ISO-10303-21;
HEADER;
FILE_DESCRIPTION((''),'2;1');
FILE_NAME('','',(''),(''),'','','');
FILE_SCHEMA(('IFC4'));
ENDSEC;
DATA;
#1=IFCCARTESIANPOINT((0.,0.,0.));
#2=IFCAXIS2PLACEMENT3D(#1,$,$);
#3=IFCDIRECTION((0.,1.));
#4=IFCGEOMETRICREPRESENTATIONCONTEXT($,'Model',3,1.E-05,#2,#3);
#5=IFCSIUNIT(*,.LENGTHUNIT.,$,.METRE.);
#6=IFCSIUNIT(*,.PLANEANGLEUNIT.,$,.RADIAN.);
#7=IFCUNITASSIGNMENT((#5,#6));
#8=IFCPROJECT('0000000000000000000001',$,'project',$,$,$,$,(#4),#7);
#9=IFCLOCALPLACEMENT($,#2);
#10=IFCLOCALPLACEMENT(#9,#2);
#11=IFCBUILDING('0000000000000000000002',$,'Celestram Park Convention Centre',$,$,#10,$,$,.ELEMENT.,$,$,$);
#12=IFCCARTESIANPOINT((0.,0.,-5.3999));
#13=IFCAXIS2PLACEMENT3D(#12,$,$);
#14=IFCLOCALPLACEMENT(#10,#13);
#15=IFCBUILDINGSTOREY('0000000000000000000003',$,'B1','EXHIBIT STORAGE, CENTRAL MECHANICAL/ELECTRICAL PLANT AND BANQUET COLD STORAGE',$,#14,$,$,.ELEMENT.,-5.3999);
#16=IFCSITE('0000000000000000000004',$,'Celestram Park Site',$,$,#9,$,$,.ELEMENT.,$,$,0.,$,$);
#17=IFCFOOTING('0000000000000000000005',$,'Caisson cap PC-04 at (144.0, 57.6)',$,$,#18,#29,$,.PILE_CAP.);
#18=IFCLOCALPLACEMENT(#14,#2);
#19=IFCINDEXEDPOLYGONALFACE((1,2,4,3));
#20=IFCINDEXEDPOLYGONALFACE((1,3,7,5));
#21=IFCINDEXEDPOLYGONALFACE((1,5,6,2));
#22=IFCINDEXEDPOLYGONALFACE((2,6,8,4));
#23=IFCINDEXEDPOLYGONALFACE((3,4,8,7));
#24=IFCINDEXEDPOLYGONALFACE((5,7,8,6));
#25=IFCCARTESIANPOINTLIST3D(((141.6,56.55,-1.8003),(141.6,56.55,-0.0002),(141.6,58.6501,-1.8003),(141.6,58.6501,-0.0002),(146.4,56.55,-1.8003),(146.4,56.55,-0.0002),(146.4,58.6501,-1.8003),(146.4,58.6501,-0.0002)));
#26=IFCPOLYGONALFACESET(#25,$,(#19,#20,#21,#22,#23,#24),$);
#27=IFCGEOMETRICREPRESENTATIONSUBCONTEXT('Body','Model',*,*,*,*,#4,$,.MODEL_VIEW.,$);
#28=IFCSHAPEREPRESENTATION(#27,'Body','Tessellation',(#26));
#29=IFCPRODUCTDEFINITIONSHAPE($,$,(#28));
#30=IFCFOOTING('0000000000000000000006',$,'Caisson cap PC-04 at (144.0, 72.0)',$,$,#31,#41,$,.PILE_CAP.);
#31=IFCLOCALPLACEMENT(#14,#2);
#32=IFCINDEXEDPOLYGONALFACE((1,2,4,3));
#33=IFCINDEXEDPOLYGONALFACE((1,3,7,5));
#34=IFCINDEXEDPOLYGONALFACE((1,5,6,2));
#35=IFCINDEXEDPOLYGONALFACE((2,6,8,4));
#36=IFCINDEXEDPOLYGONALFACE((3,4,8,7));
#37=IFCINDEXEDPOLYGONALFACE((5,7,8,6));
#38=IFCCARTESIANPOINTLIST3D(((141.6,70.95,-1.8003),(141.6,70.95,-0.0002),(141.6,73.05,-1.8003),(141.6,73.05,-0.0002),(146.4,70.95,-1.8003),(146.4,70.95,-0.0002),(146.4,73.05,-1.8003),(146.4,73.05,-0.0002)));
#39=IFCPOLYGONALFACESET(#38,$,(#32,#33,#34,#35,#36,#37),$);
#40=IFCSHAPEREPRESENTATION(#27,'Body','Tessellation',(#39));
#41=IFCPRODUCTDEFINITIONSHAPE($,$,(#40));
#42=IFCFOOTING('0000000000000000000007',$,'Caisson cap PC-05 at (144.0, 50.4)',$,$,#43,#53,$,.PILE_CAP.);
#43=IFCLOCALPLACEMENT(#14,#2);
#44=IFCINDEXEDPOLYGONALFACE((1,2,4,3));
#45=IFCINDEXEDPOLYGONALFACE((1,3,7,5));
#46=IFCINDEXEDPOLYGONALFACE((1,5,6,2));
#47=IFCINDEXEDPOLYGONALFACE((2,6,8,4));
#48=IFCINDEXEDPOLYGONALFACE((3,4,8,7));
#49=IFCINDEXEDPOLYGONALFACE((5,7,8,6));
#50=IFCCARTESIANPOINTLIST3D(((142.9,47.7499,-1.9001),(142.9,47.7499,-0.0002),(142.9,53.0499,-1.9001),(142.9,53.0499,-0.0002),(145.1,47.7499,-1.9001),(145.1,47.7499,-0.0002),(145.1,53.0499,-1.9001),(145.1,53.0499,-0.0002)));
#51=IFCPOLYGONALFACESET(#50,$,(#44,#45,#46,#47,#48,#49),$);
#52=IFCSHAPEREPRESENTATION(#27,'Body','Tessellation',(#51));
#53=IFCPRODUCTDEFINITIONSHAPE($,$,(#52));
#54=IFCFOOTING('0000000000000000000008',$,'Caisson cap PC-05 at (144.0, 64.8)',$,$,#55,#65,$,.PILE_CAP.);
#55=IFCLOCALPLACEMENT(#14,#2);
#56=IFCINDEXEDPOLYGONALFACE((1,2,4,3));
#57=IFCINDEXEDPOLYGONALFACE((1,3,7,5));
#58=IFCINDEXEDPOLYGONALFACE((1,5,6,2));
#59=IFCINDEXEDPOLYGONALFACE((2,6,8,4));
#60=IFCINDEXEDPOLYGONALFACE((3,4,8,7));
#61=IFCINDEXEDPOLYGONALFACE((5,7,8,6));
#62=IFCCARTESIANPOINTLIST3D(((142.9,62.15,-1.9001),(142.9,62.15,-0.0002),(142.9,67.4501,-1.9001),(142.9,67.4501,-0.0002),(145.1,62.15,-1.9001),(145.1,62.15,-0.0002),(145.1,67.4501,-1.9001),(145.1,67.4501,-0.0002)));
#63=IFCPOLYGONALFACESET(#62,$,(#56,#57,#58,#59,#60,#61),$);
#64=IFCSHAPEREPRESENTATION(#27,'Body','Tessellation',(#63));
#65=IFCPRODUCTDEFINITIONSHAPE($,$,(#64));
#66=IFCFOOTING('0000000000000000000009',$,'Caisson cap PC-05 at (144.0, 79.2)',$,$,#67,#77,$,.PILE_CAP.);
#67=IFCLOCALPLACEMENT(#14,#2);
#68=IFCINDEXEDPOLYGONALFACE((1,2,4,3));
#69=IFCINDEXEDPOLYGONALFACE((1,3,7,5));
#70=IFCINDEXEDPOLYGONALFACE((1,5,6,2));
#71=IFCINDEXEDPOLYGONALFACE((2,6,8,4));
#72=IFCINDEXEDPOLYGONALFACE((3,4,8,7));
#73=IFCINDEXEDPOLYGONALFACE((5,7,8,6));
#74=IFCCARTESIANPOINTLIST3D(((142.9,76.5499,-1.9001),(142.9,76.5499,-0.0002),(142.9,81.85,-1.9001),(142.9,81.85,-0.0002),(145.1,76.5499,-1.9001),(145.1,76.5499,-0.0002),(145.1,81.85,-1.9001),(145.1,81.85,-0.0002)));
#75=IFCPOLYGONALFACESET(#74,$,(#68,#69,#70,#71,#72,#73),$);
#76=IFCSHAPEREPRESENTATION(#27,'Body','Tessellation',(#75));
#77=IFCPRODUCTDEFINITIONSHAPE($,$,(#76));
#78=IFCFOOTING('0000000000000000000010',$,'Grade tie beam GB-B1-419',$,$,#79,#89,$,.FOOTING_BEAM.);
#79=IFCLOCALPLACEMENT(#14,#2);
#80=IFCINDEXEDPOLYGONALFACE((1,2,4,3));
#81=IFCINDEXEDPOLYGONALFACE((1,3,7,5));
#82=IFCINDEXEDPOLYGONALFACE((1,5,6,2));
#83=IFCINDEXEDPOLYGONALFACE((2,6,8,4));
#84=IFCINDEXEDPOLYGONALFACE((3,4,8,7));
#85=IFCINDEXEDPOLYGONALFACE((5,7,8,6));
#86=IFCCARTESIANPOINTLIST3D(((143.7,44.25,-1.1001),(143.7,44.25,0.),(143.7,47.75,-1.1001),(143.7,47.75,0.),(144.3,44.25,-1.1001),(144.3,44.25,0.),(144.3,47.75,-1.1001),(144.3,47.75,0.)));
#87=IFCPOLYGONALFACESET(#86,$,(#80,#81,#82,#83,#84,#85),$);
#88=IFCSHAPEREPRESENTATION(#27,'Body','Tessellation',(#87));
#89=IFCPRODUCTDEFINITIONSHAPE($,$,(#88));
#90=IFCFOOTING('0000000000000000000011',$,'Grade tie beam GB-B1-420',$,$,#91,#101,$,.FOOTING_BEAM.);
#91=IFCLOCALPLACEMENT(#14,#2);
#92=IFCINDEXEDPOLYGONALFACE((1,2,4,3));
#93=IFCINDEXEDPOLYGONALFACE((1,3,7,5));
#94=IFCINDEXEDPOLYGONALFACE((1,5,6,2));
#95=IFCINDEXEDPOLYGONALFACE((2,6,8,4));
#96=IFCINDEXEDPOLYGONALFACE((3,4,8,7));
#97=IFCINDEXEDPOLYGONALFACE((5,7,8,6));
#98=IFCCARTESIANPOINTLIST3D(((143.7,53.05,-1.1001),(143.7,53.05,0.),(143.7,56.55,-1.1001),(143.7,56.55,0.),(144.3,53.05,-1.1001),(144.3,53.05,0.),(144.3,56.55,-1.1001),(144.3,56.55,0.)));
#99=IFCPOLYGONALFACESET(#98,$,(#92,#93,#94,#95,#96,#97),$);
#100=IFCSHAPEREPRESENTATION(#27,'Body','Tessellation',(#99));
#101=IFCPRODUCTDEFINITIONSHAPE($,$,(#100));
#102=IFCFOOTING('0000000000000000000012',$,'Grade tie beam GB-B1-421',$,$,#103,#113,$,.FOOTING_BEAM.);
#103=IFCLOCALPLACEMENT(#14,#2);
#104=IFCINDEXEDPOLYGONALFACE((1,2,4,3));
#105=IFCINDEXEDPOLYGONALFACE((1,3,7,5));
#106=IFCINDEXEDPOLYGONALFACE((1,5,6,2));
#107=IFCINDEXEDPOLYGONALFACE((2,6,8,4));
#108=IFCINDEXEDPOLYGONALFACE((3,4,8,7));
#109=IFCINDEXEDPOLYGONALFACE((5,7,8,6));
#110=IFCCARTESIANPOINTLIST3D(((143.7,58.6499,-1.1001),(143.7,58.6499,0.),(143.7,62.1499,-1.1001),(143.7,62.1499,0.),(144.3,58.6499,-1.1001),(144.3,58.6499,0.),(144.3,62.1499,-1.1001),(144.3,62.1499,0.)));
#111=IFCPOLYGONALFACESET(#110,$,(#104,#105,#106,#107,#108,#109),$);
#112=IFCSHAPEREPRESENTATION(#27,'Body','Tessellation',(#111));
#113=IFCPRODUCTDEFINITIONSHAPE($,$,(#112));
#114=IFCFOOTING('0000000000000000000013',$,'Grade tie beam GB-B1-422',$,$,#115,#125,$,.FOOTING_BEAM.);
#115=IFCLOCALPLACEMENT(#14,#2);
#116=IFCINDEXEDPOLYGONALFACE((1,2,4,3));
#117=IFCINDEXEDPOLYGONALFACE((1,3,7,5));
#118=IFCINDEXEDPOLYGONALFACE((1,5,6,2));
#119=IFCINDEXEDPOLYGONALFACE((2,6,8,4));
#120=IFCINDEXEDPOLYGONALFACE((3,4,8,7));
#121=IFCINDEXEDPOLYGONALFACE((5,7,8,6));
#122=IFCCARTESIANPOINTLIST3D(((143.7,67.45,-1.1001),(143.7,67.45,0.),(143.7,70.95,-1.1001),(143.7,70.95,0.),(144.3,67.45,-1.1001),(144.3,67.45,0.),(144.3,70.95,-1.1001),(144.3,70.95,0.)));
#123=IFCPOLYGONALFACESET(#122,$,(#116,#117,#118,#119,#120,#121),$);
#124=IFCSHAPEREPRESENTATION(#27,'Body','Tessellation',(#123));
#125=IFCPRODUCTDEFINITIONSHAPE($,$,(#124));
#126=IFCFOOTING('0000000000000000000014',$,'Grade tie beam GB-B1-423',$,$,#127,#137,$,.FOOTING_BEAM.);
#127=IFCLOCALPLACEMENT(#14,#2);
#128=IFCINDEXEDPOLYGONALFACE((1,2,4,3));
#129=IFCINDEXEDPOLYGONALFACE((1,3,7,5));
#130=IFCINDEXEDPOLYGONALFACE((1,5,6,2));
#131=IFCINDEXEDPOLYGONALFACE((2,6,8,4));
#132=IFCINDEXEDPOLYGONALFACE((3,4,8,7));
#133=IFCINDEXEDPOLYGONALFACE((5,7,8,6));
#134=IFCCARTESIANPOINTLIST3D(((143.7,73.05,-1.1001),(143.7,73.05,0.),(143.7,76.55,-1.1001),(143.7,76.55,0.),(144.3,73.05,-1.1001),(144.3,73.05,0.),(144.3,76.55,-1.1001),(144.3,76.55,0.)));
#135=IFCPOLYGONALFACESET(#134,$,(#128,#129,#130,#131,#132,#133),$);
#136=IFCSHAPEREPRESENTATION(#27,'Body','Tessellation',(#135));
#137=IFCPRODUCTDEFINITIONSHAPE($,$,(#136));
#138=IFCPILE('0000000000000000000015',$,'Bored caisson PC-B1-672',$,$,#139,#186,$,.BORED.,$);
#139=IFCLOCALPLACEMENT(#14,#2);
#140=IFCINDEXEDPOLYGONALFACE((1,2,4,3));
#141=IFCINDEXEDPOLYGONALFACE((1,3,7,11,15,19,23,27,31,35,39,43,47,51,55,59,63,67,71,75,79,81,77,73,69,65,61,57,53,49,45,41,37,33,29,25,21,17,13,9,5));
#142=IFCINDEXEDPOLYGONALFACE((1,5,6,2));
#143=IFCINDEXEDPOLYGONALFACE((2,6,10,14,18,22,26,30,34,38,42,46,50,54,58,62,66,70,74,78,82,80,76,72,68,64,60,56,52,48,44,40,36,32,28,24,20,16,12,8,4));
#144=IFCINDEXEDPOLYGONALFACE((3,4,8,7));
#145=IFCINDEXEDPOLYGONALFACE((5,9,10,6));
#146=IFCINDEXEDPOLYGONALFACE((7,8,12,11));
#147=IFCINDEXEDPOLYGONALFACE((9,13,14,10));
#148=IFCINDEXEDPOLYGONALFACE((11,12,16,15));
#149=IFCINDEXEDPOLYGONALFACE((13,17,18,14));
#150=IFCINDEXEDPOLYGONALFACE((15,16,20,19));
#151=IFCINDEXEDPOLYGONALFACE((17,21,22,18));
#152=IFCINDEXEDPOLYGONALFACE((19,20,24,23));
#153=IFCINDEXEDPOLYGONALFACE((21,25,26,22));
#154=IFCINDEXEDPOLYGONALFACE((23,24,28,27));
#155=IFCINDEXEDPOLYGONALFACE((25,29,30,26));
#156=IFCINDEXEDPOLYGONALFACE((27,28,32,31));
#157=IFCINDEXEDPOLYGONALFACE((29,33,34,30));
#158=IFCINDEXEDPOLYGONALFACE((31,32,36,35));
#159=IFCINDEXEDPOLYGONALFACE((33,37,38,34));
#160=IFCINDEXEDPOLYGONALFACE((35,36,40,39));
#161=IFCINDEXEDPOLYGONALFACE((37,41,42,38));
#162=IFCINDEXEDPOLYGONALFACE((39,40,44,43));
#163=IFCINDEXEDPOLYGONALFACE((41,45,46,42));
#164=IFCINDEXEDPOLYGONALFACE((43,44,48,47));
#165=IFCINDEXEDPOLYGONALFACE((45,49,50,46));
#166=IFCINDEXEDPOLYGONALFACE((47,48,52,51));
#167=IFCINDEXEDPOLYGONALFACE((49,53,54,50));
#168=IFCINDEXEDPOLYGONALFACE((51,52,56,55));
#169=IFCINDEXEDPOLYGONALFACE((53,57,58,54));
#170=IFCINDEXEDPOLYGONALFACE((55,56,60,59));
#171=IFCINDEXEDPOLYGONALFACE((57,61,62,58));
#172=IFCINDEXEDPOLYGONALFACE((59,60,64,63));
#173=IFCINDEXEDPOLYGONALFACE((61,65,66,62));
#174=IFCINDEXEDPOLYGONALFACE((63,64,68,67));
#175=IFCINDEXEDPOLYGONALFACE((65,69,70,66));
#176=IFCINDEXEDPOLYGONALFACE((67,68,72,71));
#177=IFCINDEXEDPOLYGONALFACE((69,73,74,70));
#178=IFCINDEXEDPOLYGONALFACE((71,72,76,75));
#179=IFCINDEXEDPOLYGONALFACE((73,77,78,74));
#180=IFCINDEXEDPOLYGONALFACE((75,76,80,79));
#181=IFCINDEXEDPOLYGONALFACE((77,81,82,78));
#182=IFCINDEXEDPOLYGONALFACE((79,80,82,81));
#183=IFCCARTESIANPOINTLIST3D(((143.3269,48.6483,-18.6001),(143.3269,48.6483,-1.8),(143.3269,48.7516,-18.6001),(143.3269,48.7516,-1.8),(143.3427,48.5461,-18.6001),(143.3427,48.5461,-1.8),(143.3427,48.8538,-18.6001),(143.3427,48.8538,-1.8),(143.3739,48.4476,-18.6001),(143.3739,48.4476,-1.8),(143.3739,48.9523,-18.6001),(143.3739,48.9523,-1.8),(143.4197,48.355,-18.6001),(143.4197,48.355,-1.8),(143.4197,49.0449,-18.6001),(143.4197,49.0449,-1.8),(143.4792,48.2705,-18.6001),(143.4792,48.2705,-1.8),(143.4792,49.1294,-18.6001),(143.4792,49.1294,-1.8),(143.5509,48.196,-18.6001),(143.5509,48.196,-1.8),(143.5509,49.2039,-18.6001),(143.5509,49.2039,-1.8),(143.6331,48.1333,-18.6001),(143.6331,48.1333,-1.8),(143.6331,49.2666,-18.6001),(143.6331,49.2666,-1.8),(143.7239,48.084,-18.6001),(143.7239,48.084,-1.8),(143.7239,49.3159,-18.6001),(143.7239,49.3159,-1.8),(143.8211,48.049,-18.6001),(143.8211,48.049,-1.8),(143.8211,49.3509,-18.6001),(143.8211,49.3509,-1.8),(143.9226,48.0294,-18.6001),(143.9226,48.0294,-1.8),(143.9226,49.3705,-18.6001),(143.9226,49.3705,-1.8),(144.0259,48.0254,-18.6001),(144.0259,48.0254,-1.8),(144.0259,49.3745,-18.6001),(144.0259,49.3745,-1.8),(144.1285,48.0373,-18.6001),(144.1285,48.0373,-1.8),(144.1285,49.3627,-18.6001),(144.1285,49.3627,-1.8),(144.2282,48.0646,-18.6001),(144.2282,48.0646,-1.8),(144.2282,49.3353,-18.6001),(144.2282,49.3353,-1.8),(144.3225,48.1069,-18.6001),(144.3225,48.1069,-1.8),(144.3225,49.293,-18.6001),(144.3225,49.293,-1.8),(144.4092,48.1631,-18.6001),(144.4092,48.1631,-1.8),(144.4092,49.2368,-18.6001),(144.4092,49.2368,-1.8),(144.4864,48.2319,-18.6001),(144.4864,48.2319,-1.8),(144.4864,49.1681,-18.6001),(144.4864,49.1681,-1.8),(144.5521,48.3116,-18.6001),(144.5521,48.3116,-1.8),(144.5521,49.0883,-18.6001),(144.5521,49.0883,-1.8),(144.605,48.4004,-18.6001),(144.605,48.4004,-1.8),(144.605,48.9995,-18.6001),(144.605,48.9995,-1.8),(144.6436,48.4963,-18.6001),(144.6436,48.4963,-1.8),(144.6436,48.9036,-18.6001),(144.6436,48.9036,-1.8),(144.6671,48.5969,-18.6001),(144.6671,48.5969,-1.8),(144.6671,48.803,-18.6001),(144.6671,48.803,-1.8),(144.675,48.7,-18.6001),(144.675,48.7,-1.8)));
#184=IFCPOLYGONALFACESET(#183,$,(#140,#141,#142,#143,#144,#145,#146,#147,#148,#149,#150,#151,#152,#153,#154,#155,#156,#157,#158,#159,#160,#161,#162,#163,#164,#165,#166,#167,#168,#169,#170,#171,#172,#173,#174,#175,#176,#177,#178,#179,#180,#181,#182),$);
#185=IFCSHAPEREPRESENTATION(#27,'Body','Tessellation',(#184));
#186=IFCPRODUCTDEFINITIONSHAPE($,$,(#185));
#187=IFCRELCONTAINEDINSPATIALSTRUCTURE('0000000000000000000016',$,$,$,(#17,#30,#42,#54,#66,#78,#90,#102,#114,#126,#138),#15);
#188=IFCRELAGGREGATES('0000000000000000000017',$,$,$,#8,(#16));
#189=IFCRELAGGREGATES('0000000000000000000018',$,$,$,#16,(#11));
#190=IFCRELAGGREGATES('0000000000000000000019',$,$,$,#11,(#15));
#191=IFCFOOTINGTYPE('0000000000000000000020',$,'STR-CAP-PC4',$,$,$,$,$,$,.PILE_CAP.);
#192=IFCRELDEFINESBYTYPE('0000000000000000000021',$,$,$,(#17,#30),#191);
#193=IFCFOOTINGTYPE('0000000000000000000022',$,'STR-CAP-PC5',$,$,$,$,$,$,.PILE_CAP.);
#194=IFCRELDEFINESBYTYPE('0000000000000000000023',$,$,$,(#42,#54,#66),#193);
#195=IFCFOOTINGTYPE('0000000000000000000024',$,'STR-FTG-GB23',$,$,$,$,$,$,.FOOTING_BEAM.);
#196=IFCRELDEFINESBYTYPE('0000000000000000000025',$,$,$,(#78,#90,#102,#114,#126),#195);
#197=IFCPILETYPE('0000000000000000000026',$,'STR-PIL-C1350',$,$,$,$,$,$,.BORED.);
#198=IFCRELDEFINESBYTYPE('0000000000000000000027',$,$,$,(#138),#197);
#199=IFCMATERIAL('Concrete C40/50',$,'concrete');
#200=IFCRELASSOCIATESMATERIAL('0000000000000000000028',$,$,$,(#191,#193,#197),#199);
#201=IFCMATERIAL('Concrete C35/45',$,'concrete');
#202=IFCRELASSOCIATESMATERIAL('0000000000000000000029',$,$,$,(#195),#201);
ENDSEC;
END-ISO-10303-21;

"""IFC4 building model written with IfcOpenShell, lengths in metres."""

from ifc_helpers import new_model, si_unit, direction, frame, origin, origin_2d, place, context, subcontext, project, spatial, rectangle, circle, extrude, material, material_profile, profile_set, type_object, element, save


model = new_model("IFC4")

# Units and contexts
model_context = context("Model", 3, precision=1e-05, world=origin(), true_north=direction((0.0, 1.0)))
body_context = subcontext(model_context, "Body", "Model", "MODEL_VIEW")
ifc_project = project(units=[si_unit("LENGTHUNIT", "METRE"), si_unit("PLANEANGLEUNIT", "RADIAN")], contexts=[model_context])

# Site, building, storey
site_placement = place(None, origin())
site = spatial("IfcSite", under=ifc_project, at=site_placement, Name="Celestram Park Site", CompositionType="ELEMENT", RefElevation=0.0)
building_placement = place(site_placement, origin())
building = spatial("IfcBuilding", under=site, at=building_placement, Name="Celestram Park Convention Centre", CompositionType="ELEMENT")
storey_placement = place(building_placement, frame((0.0, 0.0, -5.3999)))
storey = spatial("IfcBuildingStorey", under=building, at=storey_placement, Name="B1", Description="EXHIBIT STORAGE, CENTRAL MECHANICAL/ELECTRICAL PLANT AND BANQUET COLD STORAGE", CompositionType="ELEMENT", Elevation=-5.3999)

# Footings
ifc_material_1 = material(Name="Concrete C40/50", Category="concrete")
footing_type_1 = type_object("IfcFootingType", Name="STR-CAP-PC4", PredefinedType="PILE_CAP", material=ifc_material_1)
for number, where, z_axis, x_axis, name in (
    (1, (144.0, 57.6001, -1.8003), (0.0, 0.0, 1.0), (1.0, 0.0, 0.0), "Caisson cap PC-04 at (144.0, 57.6)"),
    (2, (144.0, 72.0, -1.8003), (0.0, 0.0, 1.0), (1.0, 0.0, 0.0), "Caisson cap PC-04 at (144.0, 72.0)"),
):
    element("IfcFooting", number, at=place(storey_placement, frame(where, z_axis=z_axis, x_axis=x_axis)), inside=storey, type_object=footing_type_1, Name=name, PredefinedType="PILE_CAP", context=body_context, shape_type="SweptSolid", body=[
        extrude(rectangle(XDim=4.8, YDim=2.1001, at=origin_2d()), origin(), (0.0, 0.0, 1.0), 1.8),
    ])
footing_type_2 = type_object("IfcFootingType", Name="STR-CAP-PC5", PredefinedType="PILE_CAP", material=ifc_material_1)
for number, where, z_axis, x_axis, name in (
    (3, (144.0, 50.3999, -1.9001), (0.0, 0.0, 1.0), (1.0, 0.0, 0.0), "Caisson cap PC-05 at (144.0, 50.4)"),
    (4, (144.0, 64.8, -1.9001), (0.0, 0.0, 1.0), (1.0, 0.0, 0.0), "Caisson cap PC-05 at (144.0, 64.8)"),
    (5, (144.0, 79.2, -1.9001), (0.0, 0.0, 1.0), (1.0, 0.0, 0.0), "Caisson cap PC-05 at (144.0, 79.2)"),
):
    element("IfcFooting", number, at=place(storey_placement, frame(where, z_axis=z_axis, x_axis=x_axis)), inside=storey, type_object=footing_type_2, Name=name, PredefinedType="PILE_CAP", context=body_context, shape_type="SweptSolid", body=[
        extrude(rectangle(XDim=2.2, YDim=5.3, at=origin_2d()), origin(), (0.0, 0.0, 1.0), 1.8999),
    ])
ifc_material_2 = material(Name="Concrete C35/45", Category="concrete")
footing_type_3 = type_object("IfcFootingType", Name="STR-FTG-GB23", PredefinedType="FOOTING_BEAM", material=ifc_material_2)
for number, where, z_axis, x_axis, name in (
    (6, (144.0, 46.0, -1.1001), (0.0, 0.0, 1.0), (0.0, 1.0, 0.0), "Grade tie beam GB-B1-419"),
    (7, (144.0, 54.8, -1.1001), (0.0, 0.0, 1.0), (0.0, 1.0, 0.0), "Grade tie beam GB-B1-420"),
    (8, (144.0, 60.3999, -1.1001), (0.0, 0.0, 1.0), (0.0, 1.0, 0.0), "Grade tie beam GB-B1-421"),
    (9, (144.0, 69.2, -1.1001), (0.0, 0.0, 1.0), (0.0, 1.0, 0.0), "Grade tie beam GB-B1-422"),
    (10, (144.0, 74.8, -1.1001), (0.0, 0.0, 1.0), (0.0, 1.0, 0.0), "Grade tie beam GB-B1-423"),
):
    element("IfcFooting", number, at=place(storey_placement, frame(where, z_axis=z_axis, x_axis=x_axis)), inside=storey, type_object=footing_type_3, Name=name, PredefinedType="FOOTING_BEAM", context=body_context, shape_type="SweptSolid", body=[
        extrude(rectangle(XDim=3.5, YDim=0.6001, at=origin_2d()), origin(), (0.0, 0.0, 1.0), 1.1001),
    ])

# Pile
ifc_material_profile_1 = material_profile(ifc_material_1, circle(Radius=0.675, at=origin_2d()), Name="CAISSON1350")
ifc_profile_set_1 = profile_set([ifc_material_profile_1], Name="Concrete C40/50")
pile_type = type_object("IfcPileType", Name="STR-PIL-C1350", PredefinedType="BORED", material=ifc_profile_set_1)
for number, where, z_axis, x_axis, name in (
    (11, (144.0, 48.7, -1.8), (0.0, 0.0, -1.0), (1.0, 0.0, 0.0), "Bored caisson PC-B1-672"),
):
    element("IfcPile", number, at=place(storey_placement, frame(where, z_axis=z_axis, x_axis=x_axis)), inside=storey, type_object=pile_type, Name=name, PredefinedType="BORED", context=body_context, shape_type="SweptSolid", body=[
        extrude(circle(Radius=0.675, at=origin_2d()), origin(), (0.0, 0.0, 1.0), 16.8),
    ])

save(model, "model.ifc")
